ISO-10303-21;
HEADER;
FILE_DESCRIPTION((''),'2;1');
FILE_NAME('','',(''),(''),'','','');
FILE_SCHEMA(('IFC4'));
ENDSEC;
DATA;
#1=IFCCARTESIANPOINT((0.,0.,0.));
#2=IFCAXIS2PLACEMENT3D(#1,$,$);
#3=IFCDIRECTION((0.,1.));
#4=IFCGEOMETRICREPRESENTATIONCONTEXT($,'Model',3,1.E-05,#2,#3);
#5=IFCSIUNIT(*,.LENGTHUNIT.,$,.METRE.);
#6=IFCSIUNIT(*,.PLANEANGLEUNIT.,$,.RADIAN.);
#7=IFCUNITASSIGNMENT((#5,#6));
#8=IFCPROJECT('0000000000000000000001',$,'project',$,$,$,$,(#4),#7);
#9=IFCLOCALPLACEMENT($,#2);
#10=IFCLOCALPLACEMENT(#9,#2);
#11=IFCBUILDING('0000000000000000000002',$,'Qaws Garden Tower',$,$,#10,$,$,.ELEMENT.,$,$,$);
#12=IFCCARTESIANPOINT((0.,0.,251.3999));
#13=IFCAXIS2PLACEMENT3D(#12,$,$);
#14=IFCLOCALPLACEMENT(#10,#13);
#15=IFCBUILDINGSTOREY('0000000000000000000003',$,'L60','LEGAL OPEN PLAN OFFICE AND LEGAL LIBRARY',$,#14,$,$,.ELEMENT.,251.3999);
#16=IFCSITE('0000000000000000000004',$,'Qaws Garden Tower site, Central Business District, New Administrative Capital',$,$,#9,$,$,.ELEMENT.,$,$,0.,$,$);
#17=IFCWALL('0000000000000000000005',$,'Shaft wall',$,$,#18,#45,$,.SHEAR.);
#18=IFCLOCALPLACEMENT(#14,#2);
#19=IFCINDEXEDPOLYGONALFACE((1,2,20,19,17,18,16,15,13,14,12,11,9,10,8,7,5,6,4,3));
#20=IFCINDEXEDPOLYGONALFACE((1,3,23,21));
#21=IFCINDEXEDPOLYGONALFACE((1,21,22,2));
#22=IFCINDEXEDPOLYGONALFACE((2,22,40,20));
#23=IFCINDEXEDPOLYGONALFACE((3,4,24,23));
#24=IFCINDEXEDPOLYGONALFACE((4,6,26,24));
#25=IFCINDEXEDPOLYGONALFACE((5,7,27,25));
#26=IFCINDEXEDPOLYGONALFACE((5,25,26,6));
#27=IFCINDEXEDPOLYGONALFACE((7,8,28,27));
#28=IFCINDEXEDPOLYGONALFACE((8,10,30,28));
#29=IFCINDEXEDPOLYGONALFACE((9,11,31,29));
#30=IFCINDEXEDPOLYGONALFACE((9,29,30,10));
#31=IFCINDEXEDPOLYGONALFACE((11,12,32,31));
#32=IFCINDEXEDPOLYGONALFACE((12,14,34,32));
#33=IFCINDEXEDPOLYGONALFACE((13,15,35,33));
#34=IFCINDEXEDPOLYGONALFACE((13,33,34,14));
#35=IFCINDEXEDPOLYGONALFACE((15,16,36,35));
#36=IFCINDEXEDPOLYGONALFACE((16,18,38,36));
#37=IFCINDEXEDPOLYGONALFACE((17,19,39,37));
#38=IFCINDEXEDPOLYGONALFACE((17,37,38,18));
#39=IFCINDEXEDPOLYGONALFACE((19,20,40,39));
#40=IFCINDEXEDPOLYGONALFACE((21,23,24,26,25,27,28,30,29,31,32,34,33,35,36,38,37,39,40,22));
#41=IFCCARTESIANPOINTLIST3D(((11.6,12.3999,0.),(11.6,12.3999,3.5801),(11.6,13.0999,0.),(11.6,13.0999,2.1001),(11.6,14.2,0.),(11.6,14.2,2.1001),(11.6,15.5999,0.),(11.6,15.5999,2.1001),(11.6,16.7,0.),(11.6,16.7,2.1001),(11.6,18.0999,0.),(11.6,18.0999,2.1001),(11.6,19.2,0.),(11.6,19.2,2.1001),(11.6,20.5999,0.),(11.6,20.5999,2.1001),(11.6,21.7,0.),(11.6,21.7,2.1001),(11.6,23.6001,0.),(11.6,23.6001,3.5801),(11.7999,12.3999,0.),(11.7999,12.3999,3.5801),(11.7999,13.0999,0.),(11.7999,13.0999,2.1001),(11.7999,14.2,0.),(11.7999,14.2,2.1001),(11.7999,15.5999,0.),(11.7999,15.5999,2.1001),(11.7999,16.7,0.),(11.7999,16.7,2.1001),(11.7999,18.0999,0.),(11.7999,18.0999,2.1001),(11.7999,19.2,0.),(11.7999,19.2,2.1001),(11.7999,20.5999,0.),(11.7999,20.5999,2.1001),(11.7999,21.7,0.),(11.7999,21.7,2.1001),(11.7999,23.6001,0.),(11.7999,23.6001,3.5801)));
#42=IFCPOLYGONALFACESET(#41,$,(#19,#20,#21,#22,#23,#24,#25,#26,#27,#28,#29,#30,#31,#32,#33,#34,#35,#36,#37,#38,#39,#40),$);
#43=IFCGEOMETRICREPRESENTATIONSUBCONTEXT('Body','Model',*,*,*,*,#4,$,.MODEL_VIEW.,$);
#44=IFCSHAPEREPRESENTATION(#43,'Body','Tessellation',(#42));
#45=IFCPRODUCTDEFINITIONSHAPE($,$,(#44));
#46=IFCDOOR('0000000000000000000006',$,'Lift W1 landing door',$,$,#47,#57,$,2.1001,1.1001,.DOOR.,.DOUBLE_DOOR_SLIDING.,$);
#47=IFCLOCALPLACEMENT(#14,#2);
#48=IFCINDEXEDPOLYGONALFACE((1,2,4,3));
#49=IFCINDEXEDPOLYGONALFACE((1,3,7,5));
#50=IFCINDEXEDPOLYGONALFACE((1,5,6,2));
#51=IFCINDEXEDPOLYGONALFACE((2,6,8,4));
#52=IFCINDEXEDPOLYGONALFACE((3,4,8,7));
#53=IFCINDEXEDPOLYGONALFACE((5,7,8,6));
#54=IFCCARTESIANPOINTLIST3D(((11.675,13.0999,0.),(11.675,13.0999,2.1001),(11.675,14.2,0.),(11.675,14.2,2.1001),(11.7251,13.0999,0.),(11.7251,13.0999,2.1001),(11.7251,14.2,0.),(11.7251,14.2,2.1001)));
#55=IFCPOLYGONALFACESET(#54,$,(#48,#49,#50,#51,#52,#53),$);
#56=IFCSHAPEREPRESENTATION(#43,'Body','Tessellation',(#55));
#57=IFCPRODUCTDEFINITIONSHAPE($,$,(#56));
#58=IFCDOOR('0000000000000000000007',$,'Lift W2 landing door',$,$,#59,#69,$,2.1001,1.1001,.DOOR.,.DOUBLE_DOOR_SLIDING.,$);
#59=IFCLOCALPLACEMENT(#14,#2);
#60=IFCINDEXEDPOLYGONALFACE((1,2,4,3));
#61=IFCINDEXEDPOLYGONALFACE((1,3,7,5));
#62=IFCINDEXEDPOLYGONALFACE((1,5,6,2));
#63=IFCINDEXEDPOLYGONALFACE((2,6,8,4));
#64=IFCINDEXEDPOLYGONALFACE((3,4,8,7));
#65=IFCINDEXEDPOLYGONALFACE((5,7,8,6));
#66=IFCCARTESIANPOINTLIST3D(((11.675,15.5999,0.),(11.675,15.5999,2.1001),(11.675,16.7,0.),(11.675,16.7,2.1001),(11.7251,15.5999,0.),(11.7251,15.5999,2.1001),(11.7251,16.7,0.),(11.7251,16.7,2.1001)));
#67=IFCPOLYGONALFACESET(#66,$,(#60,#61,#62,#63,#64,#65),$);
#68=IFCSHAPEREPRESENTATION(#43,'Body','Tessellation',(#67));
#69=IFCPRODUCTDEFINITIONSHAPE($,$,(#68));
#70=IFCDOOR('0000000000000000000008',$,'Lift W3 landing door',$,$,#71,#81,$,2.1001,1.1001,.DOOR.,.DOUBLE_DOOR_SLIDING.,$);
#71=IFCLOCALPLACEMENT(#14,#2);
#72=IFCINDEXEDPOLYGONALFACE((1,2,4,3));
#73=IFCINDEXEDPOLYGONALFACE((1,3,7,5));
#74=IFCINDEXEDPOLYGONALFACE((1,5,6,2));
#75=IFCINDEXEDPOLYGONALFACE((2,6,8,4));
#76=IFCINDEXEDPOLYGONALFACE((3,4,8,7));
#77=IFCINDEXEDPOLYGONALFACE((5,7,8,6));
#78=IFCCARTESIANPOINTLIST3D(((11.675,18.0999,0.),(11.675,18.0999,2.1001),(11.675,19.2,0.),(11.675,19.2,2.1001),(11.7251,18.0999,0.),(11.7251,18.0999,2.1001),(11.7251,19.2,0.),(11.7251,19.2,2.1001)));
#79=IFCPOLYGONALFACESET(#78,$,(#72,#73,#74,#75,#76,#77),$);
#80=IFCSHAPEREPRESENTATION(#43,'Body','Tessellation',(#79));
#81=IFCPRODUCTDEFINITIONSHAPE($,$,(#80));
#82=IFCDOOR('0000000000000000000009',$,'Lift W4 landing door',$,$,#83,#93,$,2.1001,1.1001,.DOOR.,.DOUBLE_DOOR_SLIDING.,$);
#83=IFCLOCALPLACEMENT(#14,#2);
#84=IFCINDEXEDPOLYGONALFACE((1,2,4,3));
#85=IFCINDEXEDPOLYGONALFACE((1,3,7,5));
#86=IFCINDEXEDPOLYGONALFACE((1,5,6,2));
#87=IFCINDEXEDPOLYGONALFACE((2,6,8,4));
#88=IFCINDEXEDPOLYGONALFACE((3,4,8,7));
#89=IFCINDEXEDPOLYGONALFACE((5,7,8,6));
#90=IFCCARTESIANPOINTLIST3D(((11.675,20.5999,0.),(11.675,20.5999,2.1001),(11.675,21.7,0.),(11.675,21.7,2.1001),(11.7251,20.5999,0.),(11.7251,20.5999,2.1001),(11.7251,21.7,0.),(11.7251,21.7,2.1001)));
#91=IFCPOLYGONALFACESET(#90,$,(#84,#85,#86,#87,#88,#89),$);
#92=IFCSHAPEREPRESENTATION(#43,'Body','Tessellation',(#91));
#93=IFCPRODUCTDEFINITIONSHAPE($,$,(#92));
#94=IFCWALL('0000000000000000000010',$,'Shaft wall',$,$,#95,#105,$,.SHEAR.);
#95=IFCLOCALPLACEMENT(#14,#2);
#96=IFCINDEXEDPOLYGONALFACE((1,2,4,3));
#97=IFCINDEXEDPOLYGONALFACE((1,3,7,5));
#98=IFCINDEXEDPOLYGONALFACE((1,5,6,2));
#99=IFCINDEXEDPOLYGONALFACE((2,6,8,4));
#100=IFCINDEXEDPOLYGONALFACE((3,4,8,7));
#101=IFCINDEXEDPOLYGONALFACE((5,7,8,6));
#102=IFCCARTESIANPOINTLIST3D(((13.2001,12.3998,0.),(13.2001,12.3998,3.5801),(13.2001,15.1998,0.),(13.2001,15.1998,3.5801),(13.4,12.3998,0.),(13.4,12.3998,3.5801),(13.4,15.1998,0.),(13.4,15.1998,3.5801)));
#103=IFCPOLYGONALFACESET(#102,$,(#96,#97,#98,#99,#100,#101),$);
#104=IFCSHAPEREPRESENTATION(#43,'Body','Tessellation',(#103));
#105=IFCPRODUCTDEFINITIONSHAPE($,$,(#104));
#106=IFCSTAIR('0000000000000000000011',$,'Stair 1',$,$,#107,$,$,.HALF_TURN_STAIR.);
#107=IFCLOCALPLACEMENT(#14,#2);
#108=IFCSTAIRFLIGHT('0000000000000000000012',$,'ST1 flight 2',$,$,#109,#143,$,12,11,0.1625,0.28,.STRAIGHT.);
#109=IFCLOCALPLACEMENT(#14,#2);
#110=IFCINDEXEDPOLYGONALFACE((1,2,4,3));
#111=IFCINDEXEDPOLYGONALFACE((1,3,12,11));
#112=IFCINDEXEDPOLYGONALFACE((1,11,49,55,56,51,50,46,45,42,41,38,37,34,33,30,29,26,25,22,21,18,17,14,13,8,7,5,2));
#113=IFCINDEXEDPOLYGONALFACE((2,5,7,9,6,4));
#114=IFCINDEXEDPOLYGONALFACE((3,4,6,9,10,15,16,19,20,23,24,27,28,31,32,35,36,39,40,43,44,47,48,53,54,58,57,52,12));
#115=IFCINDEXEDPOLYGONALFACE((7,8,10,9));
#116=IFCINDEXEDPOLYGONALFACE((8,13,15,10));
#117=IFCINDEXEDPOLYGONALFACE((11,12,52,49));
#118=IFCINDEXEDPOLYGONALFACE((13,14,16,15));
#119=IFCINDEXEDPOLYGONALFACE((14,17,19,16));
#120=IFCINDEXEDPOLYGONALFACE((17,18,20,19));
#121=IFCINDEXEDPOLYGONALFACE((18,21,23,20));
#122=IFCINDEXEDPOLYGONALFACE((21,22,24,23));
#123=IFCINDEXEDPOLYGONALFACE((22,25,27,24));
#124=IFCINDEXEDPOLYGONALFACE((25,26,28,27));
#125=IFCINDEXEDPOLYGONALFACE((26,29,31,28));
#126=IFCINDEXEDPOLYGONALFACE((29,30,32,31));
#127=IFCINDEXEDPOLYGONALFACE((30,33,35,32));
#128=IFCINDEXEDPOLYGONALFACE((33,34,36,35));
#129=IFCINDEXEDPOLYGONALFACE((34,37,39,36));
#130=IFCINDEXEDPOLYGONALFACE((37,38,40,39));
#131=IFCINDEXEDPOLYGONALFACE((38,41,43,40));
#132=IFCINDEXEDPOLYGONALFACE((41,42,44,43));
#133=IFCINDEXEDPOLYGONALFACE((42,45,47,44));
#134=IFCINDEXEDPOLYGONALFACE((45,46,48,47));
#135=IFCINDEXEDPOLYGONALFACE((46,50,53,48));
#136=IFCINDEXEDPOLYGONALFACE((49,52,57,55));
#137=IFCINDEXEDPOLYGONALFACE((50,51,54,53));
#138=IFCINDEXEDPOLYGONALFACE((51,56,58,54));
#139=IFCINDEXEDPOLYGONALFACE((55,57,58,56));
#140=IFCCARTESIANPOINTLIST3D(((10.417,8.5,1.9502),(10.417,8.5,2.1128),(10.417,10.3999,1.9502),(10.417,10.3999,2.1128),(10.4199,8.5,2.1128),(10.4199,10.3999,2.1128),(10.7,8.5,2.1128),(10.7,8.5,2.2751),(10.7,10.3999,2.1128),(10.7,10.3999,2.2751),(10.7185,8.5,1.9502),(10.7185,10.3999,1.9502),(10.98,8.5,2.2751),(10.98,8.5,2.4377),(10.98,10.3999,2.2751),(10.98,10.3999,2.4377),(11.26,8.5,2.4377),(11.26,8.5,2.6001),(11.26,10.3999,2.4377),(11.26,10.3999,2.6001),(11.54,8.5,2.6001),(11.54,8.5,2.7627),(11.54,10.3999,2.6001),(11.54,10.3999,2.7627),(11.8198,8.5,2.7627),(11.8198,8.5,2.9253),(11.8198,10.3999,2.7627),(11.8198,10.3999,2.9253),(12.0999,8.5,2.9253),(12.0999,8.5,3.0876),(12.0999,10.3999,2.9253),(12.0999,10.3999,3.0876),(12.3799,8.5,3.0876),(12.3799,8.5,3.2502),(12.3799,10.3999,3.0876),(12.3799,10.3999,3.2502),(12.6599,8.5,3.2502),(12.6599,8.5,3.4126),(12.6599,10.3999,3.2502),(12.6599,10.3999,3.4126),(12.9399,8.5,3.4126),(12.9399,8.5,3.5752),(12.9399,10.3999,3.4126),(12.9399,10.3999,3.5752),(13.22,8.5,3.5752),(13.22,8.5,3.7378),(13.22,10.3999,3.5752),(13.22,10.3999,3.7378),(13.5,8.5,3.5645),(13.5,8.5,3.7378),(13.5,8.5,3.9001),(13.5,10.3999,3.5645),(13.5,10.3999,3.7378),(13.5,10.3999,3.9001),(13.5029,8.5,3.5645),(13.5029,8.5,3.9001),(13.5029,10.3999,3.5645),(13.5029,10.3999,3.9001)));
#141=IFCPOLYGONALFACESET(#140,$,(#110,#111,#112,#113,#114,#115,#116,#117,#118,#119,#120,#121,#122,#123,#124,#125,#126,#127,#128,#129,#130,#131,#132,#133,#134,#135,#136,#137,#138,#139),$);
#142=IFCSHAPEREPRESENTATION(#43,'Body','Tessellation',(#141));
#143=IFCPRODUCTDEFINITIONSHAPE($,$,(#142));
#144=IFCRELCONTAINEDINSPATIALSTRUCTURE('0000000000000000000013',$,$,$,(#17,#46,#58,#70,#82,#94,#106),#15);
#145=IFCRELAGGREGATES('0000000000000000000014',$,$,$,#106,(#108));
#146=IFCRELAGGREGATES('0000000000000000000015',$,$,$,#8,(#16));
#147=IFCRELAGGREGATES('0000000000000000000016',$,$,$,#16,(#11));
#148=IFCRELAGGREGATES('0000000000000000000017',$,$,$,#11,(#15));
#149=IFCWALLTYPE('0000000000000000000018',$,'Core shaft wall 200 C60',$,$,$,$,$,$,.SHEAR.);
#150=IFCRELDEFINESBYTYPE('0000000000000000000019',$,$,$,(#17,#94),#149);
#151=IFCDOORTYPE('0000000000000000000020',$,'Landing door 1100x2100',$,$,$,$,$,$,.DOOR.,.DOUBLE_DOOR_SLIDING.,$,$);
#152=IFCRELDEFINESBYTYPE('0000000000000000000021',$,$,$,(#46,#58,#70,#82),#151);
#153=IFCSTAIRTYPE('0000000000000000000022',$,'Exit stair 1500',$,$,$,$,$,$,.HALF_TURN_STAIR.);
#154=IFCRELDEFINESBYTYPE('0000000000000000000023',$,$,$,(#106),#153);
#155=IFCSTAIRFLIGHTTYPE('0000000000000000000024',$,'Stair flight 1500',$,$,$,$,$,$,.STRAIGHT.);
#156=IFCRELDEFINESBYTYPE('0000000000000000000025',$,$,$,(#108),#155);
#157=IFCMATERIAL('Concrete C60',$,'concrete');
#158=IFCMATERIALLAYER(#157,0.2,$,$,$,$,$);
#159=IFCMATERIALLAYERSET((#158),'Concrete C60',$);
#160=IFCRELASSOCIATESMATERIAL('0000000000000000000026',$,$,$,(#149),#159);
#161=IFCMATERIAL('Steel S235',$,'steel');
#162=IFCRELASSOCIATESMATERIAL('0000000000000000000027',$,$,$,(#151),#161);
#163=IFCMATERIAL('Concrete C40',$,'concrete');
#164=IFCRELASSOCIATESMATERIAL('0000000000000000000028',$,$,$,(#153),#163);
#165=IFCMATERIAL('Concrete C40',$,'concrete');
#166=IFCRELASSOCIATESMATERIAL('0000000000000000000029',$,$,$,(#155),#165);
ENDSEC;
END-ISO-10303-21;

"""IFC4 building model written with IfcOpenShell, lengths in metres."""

from ifc_helpers import new_model, si_unit, direction, frame, frame_2d, origin, place, context, subcontext, project, spatial, polyline, rectangle, outline, extrude, material, layer, layer_set, type_object, element, fill, aggregate, save


model = new_model("IFC4")

# Units and contexts
model_context = context("Model", 3, precision=1e-05, world=origin(), true_north=direction((0.0, 1.0)))
body_context = subcontext(model_context, "Body", "Model", "MODEL_VIEW")
ifc_project = project(units=[si_unit("LENGTHUNIT", "METRE"), si_unit("PLANEANGLEUNIT", "RADIAN")], contexts=[model_context])

# Site, building, storey
site_placement = place(None, origin())
site = spatial("IfcSite", under=ifc_project, at=site_placement, Name="Qaws Garden Tower site, Central Business District, New Administrative Capital", CompositionType="ELEMENT", RefElevation=0.0)
building_placement = place(site_placement, origin())
building = spatial("IfcBuilding", under=site, at=building_placement, Name="Qaws Garden Tower", CompositionType="ELEMENT")
storey_placement = place(building_placement, frame((0.0, 0.0, 251.3999)))
storey = spatial("IfcBuildingStorey", under=building, at=storey_placement, Name="L60", Description="LEGAL OPEN PLAN OFFICE AND LEGAL LIBRARY", CompositionType="ELEMENT", Elevation=251.3999)

# Shared definitions
ifc_material_1 = material(Name="Concrete C60", Category="concrete")
ifc_layer_1 = layer(ifc_material_1, 0.2)
ifc_layer_set_1 = layer_set([ifc_layer_1], Name="Concrete C60")
wall_type_1 = type_object("IfcWallType", Name="Core shaft wall 200 C60", PredefinedType="SHEAR", material=ifc_layer_set_1)

# Wall, openings, doors
wall_1_placement = place(storey_placement, frame((11.7, 12.3999, 0.0), z_axis=(0.0, 0.0, 1.0), x_axis=(0.0, 1.0, 0.0)))
wall_1 = element("IfcWall", 1, at=wall_1_placement, inside=storey, type_object=wall_type_1, Name="Shaft wall", PredefinedType="SHEAR", context=body_context, shape_type="SweptSolid", body=[
    extrude(rectangle(XDim=11.2002, YDim=0.2, at=frame_2d((5.6001, 0.0))), origin(), (0.0, 0.0, 1.0), 3.5801),
])
opening_1_placement = place(wall_1_placement, frame((0.7, 0.0, 0.0)))
opening_1 = element("IfcOpeningElement", 2, at=opening_1_placement, cuts=wall_1, PredefinedType="OPENING", context=body_context, shape_type="SweptSolid", body=[
    extrude(rectangle(XDim=1.1001, YDim=2.1001, at=frame_2d((0.55, 1.05))), frame((0.0, 0.1099, 0.0), z_axis=(0.0, -1.0, 0.0), x_axis=(1.0, 0.0, 0.0)), (0.0, 0.0, 1.0), 0.22),
])
opening_2_placement = place(wall_1_placement, frame((3.2, 0.0, 0.0)))
opening_2 = element("IfcOpeningElement", 3, at=opening_2_placement, cuts=wall_1, PredefinedType="OPENING", context=body_context, shape_type="SweptSolid", body=[
    extrude(rectangle(XDim=1.1001, YDim=2.1001, at=frame_2d((0.55, 1.05))), frame((0.0, 0.1099, 0.0), z_axis=(0.0, -1.0, 0.0), x_axis=(1.0, 0.0, 0.0)), (0.0, 0.0, 1.0), 0.22),
])
opening_3_placement = place(wall_1_placement, frame((5.7, 0.0, 0.0)))
opening_3 = element("IfcOpeningElement", 4, at=opening_3_placement, cuts=wall_1, PredefinedType="OPENING", context=body_context, shape_type="SweptSolid", body=[
    extrude(rectangle(XDim=1.1001, YDim=2.1001, at=frame_2d((0.55, 1.05))), frame((0.0, 0.1099, 0.0), z_axis=(0.0, -1.0, 0.0), x_axis=(1.0, 0.0, 0.0)), (0.0, 0.0, 1.0), 0.22),
])
opening_4_placement = place(wall_1_placement, frame((8.2, 0.0, 0.0)))
opening_4 = element("IfcOpeningElement", 5, at=opening_4_placement, cuts=wall_1, PredefinedType="OPENING", context=body_context, shape_type="SweptSolid", body=[
    extrude(rectangle(XDim=1.1001, YDim=2.1001, at=frame_2d((0.55, 1.05))), frame((0.0, 0.1099, 0.0), z_axis=(0.0, -1.0, 0.0), x_axis=(1.0, 0.0, 0.0)), (0.0, 0.0, 1.0), 0.22),
])
ifc_material_2 = material(Name="Steel S235", Category="steel")
door_type = type_object("IfcDoorType", Name="Landing door 1100x2100", OperationType="DOUBLE_DOOR_SLIDING", PredefinedType="DOOR", material=ifc_material_2)
door_1_placement = place(opening_1_placement, origin())
door_1 = element("IfcDoor", 6, at=door_1_placement, inside=storey, type_object=door_type, Name="Lift W1 landing door", OperationType="DOUBLE_DOOR_SLIDING", OverallHeight=2.1001, OverallWidth=1.1001, PredefinedType="DOOR", context=body_context, shape_type="SweptSolid", body=[
    extrude(rectangle(XDim=1.1001, YDim=2.1001, at=frame_2d((0.55, 1.05))), frame((0.0, 0.0249, 0.0), z_axis=(0.0, -1.0, 0.0), x_axis=(1.0, 0.0, 0.0)), (0.0, 0.0, 1.0), 0.05),
])
fill(opening_1, door_1)
door_2_placement = place(opening_2_placement, origin())
door_2 = element("IfcDoor", 7, at=door_2_placement, inside=storey, type_object=door_type, Name="Lift W2 landing door", OperationType="DOUBLE_DOOR_SLIDING", OverallHeight=2.1001, OverallWidth=1.1001, PredefinedType="DOOR", context=body_context, shape_type="SweptSolid", body=[
    extrude(rectangle(XDim=1.1001, YDim=2.1001, at=frame_2d((0.55, 1.05))), frame((0.0, 0.0249, 0.0), z_axis=(0.0, -1.0, 0.0), x_axis=(1.0, 0.0, 0.0)), (0.0, 0.0, 1.0), 0.05),
])
fill(opening_2, door_2)
door_3_placement = place(opening_3_placement, origin())
door_3 = element("IfcDoor", 8, at=door_3_placement, inside=storey, type_object=door_type, Name="Lift W3 landing door", OperationType="DOUBLE_DOOR_SLIDING", OverallHeight=2.1001, OverallWidth=1.1001, PredefinedType="DOOR", context=body_context, shape_type="SweptSolid", body=[
    extrude(rectangle(XDim=1.1001, YDim=2.1001, at=frame_2d((0.55, 1.05))), frame((0.0, 0.0249, 0.0), z_axis=(0.0, -1.0, 0.0), x_axis=(1.0, 0.0, 0.0)), (0.0, 0.0, 1.0), 0.05),
])
fill(opening_3, door_3)
door_4_placement = place(opening_4_placement, origin())
door_4 = element("IfcDoor", 9, at=door_4_placement, inside=storey, type_object=door_type, Name="Lift W4 landing door", OperationType="DOUBLE_DOOR_SLIDING", OverallHeight=2.1001, OverallWidth=1.1001, PredefinedType="DOOR", context=body_context, shape_type="SweptSolid", body=[
    extrude(rectangle(XDim=1.1001, YDim=2.1001, at=frame_2d((0.55, 1.05))), frame((0.0, 0.0249, 0.0), z_axis=(0.0, -1.0, 0.0), x_axis=(1.0, 0.0, 0.0)), (0.0, 0.0, 1.0), 0.05),
])
fill(opening_4, door_4)

# Wall
wall_2_placement = place(storey_placement, frame((13.3, 12.3999, 0.0), z_axis=(0.0, 0.0, 1.0), x_axis=(0.0, 1.0, 0.0)))
element("IfcWall", 10, at=wall_2_placement, inside=storey, type_object=wall_type_1, Name="Shaft wall", PredefinedType="SHEAR", context=body_context, shape_type="SweptSolid", body=[
    extrude(rectangle(XDim=2.8, YDim=0.2, at=frame_2d((1.3999, 0.0))), origin(), (0.0, 0.0, 1.0), 3.5801),
])

# Stair, stair flight
ifc_material_3 = material(Name="Concrete C40", Category="concrete")
stair_type = type_object("IfcStairType", Name="Exit stair 1500", PredefinedType="HALF_TURN_STAIR", material=ifc_material_3)
stair_placement = place(storey_placement, origin())
stair = element("IfcStair", 11, at=stair_placement, inside=storey, type_object=stair_type, Name="Stair 1", PredefinedType="HALF_TURN_STAIR")
ifc_material_4 = material(Name="Concrete C40", Category="concrete")
stair_flight_type = type_object("IfcStairFlightType", Name="Stair flight 1500", PredefinedType="STRAIGHT", material=ifc_material_4)
stair_flight_placement = place(storey_placement, frame((10.4199, 9.45, 1.9502), z_axis=(0.0, 0.0, 1.0), x_axis=(1.0, 0.0, 0.0)))
stair_flight = element("IfcStairFlight", 12, at=stair_flight_placement, type_object=stair_flight_type, Name="ST1 flight 2", NumberOfRisers=12, NumberOfTreads=11, PredefinedType="STRAIGHT", RiserHeight=0.1625, TreadLength=0.28, context=body_context, shape_type="SweptSolid", body=[
    extrude(outline(polyline([(-0.0029, 0.0), (-0.0029, 0.1626), (0.0, 0.1626), (0.28, 0.1626), (0.28, 0.325), (0.5601, 0.325), (0.5601, 0.4875), (0.8401, 0.4875), (0.8401, 0.6499), (1.1201, 0.6499), (1.1201, 0.8125), (1.3999, 0.8125), (1.3999, 0.9751), (1.6799, 0.9751), (1.6799, 1.1375), (1.96, 1.1375), (1.96, 1.3), (2.24, 1.3), (2.24, 1.4624), (2.52, 1.4624), (2.52, 1.625), (2.8, 1.625), (2.8, 1.7876), (3.0801, 1.7876), (3.0801, 1.95), (3.083, 1.95), (3.083, 1.6143), (3.0801, 1.6143), (0.2986, 0.0), (-0.0029, 0.0)])), frame((0.0, 0.95, 0.0), z_axis=(0.0, -1.0, 0.0), x_axis=(1.0, 0.0, 0.0)), (0.0, 0.0, 1.0), 1.8999),
])
aggregate(stair, [stair_flight])

save(model, "model.ifc")
